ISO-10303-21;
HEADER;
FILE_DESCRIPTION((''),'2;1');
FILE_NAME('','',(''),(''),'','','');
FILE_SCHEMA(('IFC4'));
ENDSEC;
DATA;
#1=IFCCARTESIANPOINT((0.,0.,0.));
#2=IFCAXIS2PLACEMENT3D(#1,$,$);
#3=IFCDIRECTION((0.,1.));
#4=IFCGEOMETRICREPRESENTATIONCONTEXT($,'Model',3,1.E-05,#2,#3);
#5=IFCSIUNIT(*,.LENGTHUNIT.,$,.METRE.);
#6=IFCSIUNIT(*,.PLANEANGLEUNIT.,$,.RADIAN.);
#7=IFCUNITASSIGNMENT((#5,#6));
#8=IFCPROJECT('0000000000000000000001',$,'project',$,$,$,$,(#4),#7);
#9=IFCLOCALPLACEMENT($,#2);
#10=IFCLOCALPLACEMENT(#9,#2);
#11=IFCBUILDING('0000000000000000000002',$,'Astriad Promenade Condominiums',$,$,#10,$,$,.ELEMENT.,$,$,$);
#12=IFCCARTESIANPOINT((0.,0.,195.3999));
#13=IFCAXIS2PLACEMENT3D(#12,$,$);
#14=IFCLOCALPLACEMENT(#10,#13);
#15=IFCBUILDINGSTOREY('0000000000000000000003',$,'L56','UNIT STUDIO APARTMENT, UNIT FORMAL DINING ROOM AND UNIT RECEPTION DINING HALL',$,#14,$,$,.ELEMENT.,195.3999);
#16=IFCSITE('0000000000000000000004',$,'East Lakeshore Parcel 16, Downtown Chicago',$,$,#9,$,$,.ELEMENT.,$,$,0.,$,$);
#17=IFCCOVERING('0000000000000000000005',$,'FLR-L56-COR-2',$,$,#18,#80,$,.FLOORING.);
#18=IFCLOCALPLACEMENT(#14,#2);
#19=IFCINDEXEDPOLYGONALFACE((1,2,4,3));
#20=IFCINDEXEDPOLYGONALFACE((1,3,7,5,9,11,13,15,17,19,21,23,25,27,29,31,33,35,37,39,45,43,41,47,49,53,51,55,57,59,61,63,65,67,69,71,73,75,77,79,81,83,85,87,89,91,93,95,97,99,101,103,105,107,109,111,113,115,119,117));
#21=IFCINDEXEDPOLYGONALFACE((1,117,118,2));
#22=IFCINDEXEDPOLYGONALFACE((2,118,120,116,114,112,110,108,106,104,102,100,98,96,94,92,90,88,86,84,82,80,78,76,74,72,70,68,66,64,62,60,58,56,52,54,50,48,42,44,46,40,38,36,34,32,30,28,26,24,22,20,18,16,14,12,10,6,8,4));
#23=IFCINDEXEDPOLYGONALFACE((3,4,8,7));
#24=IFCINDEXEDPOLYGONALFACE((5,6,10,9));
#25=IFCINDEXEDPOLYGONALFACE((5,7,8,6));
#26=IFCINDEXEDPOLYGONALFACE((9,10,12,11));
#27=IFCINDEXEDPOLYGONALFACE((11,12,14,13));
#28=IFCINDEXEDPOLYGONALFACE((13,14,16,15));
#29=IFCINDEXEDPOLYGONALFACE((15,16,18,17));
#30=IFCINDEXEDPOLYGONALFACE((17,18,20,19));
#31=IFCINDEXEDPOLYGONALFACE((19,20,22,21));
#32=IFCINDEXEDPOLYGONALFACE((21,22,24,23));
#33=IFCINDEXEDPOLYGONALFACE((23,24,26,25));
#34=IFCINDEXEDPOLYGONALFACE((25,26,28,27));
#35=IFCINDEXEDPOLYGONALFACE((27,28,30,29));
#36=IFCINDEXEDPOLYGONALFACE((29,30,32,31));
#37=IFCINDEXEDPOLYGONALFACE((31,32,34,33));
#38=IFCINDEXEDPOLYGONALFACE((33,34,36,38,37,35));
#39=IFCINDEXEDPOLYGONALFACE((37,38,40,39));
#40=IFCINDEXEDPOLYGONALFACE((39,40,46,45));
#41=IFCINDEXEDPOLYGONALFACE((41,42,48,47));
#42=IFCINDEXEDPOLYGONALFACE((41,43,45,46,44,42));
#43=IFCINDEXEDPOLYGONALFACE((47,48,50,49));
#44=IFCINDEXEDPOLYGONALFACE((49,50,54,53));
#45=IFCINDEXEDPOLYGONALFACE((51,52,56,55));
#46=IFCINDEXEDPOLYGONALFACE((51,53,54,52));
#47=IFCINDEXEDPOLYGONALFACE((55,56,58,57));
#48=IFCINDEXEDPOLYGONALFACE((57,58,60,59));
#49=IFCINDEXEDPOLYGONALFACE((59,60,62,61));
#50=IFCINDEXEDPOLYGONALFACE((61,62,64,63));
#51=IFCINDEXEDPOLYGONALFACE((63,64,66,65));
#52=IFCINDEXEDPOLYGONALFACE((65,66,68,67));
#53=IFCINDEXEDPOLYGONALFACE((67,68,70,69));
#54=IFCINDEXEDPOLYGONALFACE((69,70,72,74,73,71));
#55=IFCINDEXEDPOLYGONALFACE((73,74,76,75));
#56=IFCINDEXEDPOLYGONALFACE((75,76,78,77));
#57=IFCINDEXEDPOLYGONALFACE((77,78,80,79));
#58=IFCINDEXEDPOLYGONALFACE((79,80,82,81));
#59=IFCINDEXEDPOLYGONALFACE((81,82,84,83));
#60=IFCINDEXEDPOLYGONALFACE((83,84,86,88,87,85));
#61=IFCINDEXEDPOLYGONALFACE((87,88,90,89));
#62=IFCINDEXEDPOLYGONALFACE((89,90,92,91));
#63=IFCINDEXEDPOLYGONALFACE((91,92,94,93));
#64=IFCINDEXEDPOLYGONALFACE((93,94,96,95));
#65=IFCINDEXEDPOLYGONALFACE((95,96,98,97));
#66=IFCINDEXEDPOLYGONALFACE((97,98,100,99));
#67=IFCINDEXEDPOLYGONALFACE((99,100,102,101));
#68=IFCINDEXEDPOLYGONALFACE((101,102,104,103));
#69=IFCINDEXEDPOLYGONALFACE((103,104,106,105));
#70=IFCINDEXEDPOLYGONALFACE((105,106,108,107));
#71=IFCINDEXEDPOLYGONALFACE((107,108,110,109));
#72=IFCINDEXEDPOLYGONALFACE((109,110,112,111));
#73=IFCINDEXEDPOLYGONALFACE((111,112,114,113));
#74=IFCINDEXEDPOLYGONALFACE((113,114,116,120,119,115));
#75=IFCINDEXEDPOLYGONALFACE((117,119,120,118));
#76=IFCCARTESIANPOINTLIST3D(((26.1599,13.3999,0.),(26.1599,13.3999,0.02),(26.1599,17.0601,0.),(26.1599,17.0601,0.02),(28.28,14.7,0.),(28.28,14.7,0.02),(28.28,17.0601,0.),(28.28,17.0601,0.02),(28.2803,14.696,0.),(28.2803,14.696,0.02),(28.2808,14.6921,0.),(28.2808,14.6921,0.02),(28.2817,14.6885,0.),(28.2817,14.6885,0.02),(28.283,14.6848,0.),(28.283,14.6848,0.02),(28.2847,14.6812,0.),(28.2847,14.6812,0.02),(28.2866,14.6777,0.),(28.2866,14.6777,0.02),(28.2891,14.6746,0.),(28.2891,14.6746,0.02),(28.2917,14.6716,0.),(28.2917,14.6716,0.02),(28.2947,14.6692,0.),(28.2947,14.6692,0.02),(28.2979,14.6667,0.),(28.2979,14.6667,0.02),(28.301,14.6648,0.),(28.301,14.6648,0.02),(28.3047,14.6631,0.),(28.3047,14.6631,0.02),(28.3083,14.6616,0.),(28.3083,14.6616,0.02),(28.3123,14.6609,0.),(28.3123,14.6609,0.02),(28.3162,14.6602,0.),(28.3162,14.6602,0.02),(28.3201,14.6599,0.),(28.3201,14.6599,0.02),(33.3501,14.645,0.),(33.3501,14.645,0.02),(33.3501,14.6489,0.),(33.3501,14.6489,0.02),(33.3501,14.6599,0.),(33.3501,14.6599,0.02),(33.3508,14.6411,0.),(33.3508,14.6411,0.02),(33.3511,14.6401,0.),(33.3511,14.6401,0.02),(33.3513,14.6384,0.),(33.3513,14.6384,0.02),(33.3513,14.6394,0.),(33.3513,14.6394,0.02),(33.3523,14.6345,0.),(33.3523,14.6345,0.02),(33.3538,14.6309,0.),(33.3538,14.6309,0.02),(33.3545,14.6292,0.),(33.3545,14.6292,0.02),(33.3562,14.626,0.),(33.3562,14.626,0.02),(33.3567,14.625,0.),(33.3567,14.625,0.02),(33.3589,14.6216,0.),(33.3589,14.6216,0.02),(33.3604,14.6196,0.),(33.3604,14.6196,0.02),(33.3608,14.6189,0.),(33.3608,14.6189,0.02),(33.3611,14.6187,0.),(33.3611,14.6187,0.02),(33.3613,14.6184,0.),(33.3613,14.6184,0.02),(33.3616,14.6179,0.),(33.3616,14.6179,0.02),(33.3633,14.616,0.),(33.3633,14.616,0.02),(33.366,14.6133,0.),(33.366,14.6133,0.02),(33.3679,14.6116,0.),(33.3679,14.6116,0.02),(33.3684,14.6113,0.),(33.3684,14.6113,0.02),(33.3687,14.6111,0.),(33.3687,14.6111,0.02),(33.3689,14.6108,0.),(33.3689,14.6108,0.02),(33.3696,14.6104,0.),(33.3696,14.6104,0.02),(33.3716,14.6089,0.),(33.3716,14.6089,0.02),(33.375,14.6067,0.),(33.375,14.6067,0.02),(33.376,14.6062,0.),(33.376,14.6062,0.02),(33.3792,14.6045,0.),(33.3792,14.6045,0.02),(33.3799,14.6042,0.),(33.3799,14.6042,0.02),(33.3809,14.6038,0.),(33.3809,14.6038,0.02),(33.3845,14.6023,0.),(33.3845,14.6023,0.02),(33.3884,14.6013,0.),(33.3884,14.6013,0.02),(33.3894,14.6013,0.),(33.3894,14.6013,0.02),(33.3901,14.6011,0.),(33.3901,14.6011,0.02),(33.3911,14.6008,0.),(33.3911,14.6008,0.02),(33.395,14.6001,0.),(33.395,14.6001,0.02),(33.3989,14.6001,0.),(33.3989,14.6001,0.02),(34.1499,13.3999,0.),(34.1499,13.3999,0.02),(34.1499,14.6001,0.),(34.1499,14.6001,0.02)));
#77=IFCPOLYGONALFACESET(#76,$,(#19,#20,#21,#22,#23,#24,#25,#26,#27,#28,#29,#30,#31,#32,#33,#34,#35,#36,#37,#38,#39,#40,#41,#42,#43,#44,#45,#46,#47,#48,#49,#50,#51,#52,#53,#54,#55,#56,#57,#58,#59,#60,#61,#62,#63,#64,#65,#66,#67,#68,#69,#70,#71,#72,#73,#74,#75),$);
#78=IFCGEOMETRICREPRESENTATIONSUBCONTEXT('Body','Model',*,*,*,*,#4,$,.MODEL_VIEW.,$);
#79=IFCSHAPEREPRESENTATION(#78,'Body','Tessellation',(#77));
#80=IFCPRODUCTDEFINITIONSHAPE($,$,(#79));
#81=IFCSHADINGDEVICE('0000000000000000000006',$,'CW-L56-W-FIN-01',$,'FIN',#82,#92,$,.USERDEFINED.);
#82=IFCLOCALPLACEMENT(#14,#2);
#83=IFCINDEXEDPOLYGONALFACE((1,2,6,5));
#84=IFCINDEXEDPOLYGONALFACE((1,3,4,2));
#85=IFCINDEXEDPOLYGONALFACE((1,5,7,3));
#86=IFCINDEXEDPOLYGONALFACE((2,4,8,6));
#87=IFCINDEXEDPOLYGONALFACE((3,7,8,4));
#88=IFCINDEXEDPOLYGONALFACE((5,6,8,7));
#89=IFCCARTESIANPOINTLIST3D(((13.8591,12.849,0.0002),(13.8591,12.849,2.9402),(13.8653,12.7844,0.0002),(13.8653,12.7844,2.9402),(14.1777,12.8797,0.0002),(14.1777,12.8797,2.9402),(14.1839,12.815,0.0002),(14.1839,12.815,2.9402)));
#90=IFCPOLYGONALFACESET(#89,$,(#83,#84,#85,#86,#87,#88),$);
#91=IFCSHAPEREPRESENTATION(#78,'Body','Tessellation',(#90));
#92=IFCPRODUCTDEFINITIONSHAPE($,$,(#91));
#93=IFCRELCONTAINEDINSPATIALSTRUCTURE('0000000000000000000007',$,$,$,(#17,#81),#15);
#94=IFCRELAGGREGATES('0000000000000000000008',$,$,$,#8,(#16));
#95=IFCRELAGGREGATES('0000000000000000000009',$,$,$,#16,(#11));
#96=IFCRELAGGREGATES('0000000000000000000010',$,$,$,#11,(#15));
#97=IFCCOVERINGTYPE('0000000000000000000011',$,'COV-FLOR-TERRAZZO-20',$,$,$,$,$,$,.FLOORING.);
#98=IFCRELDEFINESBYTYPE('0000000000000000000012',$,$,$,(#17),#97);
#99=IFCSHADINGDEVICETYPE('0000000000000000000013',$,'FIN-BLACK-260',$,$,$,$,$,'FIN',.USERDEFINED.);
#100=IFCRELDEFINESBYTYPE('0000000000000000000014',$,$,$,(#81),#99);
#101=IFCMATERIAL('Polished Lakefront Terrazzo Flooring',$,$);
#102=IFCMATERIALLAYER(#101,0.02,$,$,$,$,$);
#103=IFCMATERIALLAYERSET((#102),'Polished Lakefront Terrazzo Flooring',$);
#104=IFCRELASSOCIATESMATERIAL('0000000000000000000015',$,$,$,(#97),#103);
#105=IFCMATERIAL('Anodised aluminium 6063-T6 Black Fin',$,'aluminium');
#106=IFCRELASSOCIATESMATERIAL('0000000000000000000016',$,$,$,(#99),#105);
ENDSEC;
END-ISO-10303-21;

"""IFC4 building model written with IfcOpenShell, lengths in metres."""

from ifc_helpers import new_model, si_unit, direction, frame, origin, origin_2d, place, context, subcontext, project, spatial, polyline, rectangle, outline, extrude, source, transform, mapped, material, layer, layer_set, type_object, type_shapes, element, save


model = new_model("IFC4")

# Units and contexts
model_context = context("Model", 3, precision=1e-05, world=origin(), true_north=direction((0.0, 1.0)))
body_context = subcontext(model_context, "Body", "Model", "MODEL_VIEW")
ifc_project = project(units=[si_unit("LENGTHUNIT", "METRE"), si_unit("PLANEANGLEUNIT", "RADIAN")], contexts=[model_context])

# Site, building, storey
site_placement = place(None, origin())
site = spatial("IfcSite", under=ifc_project, at=site_placement, Name="East Lakeshore Parcel 16, Downtown Chicago", CompositionType="ELEMENT", RefElevation=0.0)
building_placement = place(site_placement, origin())
building = spatial("IfcBuilding", under=site, at=building_placement, Name="Astriad Promenade Condominiums", CompositionType="ELEMENT")
storey_placement = place(building_placement, frame((0.0, 0.0, 195.3999)))
storey = spatial("IfcBuildingStorey", under=building, at=storey_placement, Name="L56", Description="UNIT STUDIO APARTMENT, UNIT FORMAL DINING ROOM AND UNIT RECEPTION DINING HALL", CompositionType="ELEMENT", Elevation=195.3999)

# Covering
ifc_material_1 = material(Name="Polished Lakefront Terrazzo Flooring")
ifc_layer_1 = layer(ifc_material_1, 0.02)
ifc_layer_set_1 = layer_set([ifc_layer_1], Name="Polished Lakefront Terrazzo Flooring")
covering_type = type_object("IfcCoveringType", Name="COV-FLOR-TERRAZZO-20", PredefinedType="FLOORING", material=ifc_layer_set_1)
covering_1_placement = place(storey_placement, origin())
element("IfcCovering", 1, at=covering_1_placement, inside=storey, type_object=covering_type, Name="FLR-L56-COR-2", PredefinedType="FLOORING", context=body_context, shape_type="SweptSolid", body=[
    extrude(outline(polyline([(26.1599, 13.3999), (26.1599, 17.0601), (28.28, 17.0601), (28.28, 14.7), (28.2803, 14.696), (28.2808, 14.6921), (28.2817, 14.6885), (28.283, 14.6848), (28.2847, 14.6812), (28.2866, 14.6777), (28.2891, 14.6746), (28.2917, 14.6716), (28.2947, 14.6692), (28.2979, 14.6667), (28.301, 14.6648), (28.3047, 14.6631), (28.3083, 14.6616), (28.3123, 14.6609), (28.3162, 14.6602), (28.3201, 14.6599), (33.3501, 14.6599), (33.3501, 14.6489), (33.3501, 14.645), (33.3508, 14.6411), (33.3511, 14.6401), (33.3513, 14.6394), (33.3513, 14.6384), (33.3523, 14.6345), (33.3538, 14.6309), (33.3545, 14.6292), (33.3562, 14.626), (33.3567, 14.625), (33.3589, 14.6216), (33.3604, 14.6196), (33.3608, 14.6189), (33.3611, 14.6187), (33.3613, 14.6184), (33.3616, 14.6179), (33.3633, 14.616), (33.366, 14.6133), (33.3679, 14.6116), (33.3684, 14.6113), (33.3687, 14.6111), (33.3689, 14.6108), (33.3696, 14.6104), (33.3716, 14.6089), (33.375, 14.6067), (33.376, 14.6062), (33.3792, 14.6045), (33.3799, 14.6042), (33.3809, 14.6038), (33.3845, 14.6023), (33.3884, 14.6013), (33.3894, 14.6013), (33.3901, 14.6011), (33.3911, 14.6008), (33.395, 14.6001), (33.3989, 14.6001), (34.1499, 14.6001), (34.1499, 13.3999), (26.1599, 13.3999)])), origin(), (0.0, 0.0, 1.0), 0.02),
])

# Shading device
ifc_material_2 = material(Name="Anodised aluminium 6063-T6 Black Fin", Category="aluminium")
shading_device_type = type_object("IfcShadingDeviceType", Name="FIN-BLACK-260", ElementType="FIN", PredefinedType="USERDEFINED", material=ifc_material_2)
shared_shape_1 = source(origin(), body_context, "Body", "SweptSolid", [
    extrude(rectangle(XDim=0.0649, YDim=0.3201, at=origin_2d()), origin(), (0.0, 0.0, 1.0), 2.9399),
])
type_shapes(shading_device_type, [shared_shape_1])
shading_device_placement = place(storey_placement, frame((14.0215, 12.832, 0.0002), z_axis=(0.0, 0.0, 1.0), x_axis=(-0.095846, 0.995396, 0.0)))
element("IfcShadingDevice", 2, at=shading_device_placement, inside=storey, type_object=shading_device_type, Name="CW-L56-W-FIN-01", ObjectType="FIN", PredefinedType="USERDEFINED", context=body_context, shape_type="MappedRepresentation", body=[
    mapped(shared_shape_1, transform((0.0, 0.0, 0.0), scale=1.0)),
])

save(model, "model.ifc")
